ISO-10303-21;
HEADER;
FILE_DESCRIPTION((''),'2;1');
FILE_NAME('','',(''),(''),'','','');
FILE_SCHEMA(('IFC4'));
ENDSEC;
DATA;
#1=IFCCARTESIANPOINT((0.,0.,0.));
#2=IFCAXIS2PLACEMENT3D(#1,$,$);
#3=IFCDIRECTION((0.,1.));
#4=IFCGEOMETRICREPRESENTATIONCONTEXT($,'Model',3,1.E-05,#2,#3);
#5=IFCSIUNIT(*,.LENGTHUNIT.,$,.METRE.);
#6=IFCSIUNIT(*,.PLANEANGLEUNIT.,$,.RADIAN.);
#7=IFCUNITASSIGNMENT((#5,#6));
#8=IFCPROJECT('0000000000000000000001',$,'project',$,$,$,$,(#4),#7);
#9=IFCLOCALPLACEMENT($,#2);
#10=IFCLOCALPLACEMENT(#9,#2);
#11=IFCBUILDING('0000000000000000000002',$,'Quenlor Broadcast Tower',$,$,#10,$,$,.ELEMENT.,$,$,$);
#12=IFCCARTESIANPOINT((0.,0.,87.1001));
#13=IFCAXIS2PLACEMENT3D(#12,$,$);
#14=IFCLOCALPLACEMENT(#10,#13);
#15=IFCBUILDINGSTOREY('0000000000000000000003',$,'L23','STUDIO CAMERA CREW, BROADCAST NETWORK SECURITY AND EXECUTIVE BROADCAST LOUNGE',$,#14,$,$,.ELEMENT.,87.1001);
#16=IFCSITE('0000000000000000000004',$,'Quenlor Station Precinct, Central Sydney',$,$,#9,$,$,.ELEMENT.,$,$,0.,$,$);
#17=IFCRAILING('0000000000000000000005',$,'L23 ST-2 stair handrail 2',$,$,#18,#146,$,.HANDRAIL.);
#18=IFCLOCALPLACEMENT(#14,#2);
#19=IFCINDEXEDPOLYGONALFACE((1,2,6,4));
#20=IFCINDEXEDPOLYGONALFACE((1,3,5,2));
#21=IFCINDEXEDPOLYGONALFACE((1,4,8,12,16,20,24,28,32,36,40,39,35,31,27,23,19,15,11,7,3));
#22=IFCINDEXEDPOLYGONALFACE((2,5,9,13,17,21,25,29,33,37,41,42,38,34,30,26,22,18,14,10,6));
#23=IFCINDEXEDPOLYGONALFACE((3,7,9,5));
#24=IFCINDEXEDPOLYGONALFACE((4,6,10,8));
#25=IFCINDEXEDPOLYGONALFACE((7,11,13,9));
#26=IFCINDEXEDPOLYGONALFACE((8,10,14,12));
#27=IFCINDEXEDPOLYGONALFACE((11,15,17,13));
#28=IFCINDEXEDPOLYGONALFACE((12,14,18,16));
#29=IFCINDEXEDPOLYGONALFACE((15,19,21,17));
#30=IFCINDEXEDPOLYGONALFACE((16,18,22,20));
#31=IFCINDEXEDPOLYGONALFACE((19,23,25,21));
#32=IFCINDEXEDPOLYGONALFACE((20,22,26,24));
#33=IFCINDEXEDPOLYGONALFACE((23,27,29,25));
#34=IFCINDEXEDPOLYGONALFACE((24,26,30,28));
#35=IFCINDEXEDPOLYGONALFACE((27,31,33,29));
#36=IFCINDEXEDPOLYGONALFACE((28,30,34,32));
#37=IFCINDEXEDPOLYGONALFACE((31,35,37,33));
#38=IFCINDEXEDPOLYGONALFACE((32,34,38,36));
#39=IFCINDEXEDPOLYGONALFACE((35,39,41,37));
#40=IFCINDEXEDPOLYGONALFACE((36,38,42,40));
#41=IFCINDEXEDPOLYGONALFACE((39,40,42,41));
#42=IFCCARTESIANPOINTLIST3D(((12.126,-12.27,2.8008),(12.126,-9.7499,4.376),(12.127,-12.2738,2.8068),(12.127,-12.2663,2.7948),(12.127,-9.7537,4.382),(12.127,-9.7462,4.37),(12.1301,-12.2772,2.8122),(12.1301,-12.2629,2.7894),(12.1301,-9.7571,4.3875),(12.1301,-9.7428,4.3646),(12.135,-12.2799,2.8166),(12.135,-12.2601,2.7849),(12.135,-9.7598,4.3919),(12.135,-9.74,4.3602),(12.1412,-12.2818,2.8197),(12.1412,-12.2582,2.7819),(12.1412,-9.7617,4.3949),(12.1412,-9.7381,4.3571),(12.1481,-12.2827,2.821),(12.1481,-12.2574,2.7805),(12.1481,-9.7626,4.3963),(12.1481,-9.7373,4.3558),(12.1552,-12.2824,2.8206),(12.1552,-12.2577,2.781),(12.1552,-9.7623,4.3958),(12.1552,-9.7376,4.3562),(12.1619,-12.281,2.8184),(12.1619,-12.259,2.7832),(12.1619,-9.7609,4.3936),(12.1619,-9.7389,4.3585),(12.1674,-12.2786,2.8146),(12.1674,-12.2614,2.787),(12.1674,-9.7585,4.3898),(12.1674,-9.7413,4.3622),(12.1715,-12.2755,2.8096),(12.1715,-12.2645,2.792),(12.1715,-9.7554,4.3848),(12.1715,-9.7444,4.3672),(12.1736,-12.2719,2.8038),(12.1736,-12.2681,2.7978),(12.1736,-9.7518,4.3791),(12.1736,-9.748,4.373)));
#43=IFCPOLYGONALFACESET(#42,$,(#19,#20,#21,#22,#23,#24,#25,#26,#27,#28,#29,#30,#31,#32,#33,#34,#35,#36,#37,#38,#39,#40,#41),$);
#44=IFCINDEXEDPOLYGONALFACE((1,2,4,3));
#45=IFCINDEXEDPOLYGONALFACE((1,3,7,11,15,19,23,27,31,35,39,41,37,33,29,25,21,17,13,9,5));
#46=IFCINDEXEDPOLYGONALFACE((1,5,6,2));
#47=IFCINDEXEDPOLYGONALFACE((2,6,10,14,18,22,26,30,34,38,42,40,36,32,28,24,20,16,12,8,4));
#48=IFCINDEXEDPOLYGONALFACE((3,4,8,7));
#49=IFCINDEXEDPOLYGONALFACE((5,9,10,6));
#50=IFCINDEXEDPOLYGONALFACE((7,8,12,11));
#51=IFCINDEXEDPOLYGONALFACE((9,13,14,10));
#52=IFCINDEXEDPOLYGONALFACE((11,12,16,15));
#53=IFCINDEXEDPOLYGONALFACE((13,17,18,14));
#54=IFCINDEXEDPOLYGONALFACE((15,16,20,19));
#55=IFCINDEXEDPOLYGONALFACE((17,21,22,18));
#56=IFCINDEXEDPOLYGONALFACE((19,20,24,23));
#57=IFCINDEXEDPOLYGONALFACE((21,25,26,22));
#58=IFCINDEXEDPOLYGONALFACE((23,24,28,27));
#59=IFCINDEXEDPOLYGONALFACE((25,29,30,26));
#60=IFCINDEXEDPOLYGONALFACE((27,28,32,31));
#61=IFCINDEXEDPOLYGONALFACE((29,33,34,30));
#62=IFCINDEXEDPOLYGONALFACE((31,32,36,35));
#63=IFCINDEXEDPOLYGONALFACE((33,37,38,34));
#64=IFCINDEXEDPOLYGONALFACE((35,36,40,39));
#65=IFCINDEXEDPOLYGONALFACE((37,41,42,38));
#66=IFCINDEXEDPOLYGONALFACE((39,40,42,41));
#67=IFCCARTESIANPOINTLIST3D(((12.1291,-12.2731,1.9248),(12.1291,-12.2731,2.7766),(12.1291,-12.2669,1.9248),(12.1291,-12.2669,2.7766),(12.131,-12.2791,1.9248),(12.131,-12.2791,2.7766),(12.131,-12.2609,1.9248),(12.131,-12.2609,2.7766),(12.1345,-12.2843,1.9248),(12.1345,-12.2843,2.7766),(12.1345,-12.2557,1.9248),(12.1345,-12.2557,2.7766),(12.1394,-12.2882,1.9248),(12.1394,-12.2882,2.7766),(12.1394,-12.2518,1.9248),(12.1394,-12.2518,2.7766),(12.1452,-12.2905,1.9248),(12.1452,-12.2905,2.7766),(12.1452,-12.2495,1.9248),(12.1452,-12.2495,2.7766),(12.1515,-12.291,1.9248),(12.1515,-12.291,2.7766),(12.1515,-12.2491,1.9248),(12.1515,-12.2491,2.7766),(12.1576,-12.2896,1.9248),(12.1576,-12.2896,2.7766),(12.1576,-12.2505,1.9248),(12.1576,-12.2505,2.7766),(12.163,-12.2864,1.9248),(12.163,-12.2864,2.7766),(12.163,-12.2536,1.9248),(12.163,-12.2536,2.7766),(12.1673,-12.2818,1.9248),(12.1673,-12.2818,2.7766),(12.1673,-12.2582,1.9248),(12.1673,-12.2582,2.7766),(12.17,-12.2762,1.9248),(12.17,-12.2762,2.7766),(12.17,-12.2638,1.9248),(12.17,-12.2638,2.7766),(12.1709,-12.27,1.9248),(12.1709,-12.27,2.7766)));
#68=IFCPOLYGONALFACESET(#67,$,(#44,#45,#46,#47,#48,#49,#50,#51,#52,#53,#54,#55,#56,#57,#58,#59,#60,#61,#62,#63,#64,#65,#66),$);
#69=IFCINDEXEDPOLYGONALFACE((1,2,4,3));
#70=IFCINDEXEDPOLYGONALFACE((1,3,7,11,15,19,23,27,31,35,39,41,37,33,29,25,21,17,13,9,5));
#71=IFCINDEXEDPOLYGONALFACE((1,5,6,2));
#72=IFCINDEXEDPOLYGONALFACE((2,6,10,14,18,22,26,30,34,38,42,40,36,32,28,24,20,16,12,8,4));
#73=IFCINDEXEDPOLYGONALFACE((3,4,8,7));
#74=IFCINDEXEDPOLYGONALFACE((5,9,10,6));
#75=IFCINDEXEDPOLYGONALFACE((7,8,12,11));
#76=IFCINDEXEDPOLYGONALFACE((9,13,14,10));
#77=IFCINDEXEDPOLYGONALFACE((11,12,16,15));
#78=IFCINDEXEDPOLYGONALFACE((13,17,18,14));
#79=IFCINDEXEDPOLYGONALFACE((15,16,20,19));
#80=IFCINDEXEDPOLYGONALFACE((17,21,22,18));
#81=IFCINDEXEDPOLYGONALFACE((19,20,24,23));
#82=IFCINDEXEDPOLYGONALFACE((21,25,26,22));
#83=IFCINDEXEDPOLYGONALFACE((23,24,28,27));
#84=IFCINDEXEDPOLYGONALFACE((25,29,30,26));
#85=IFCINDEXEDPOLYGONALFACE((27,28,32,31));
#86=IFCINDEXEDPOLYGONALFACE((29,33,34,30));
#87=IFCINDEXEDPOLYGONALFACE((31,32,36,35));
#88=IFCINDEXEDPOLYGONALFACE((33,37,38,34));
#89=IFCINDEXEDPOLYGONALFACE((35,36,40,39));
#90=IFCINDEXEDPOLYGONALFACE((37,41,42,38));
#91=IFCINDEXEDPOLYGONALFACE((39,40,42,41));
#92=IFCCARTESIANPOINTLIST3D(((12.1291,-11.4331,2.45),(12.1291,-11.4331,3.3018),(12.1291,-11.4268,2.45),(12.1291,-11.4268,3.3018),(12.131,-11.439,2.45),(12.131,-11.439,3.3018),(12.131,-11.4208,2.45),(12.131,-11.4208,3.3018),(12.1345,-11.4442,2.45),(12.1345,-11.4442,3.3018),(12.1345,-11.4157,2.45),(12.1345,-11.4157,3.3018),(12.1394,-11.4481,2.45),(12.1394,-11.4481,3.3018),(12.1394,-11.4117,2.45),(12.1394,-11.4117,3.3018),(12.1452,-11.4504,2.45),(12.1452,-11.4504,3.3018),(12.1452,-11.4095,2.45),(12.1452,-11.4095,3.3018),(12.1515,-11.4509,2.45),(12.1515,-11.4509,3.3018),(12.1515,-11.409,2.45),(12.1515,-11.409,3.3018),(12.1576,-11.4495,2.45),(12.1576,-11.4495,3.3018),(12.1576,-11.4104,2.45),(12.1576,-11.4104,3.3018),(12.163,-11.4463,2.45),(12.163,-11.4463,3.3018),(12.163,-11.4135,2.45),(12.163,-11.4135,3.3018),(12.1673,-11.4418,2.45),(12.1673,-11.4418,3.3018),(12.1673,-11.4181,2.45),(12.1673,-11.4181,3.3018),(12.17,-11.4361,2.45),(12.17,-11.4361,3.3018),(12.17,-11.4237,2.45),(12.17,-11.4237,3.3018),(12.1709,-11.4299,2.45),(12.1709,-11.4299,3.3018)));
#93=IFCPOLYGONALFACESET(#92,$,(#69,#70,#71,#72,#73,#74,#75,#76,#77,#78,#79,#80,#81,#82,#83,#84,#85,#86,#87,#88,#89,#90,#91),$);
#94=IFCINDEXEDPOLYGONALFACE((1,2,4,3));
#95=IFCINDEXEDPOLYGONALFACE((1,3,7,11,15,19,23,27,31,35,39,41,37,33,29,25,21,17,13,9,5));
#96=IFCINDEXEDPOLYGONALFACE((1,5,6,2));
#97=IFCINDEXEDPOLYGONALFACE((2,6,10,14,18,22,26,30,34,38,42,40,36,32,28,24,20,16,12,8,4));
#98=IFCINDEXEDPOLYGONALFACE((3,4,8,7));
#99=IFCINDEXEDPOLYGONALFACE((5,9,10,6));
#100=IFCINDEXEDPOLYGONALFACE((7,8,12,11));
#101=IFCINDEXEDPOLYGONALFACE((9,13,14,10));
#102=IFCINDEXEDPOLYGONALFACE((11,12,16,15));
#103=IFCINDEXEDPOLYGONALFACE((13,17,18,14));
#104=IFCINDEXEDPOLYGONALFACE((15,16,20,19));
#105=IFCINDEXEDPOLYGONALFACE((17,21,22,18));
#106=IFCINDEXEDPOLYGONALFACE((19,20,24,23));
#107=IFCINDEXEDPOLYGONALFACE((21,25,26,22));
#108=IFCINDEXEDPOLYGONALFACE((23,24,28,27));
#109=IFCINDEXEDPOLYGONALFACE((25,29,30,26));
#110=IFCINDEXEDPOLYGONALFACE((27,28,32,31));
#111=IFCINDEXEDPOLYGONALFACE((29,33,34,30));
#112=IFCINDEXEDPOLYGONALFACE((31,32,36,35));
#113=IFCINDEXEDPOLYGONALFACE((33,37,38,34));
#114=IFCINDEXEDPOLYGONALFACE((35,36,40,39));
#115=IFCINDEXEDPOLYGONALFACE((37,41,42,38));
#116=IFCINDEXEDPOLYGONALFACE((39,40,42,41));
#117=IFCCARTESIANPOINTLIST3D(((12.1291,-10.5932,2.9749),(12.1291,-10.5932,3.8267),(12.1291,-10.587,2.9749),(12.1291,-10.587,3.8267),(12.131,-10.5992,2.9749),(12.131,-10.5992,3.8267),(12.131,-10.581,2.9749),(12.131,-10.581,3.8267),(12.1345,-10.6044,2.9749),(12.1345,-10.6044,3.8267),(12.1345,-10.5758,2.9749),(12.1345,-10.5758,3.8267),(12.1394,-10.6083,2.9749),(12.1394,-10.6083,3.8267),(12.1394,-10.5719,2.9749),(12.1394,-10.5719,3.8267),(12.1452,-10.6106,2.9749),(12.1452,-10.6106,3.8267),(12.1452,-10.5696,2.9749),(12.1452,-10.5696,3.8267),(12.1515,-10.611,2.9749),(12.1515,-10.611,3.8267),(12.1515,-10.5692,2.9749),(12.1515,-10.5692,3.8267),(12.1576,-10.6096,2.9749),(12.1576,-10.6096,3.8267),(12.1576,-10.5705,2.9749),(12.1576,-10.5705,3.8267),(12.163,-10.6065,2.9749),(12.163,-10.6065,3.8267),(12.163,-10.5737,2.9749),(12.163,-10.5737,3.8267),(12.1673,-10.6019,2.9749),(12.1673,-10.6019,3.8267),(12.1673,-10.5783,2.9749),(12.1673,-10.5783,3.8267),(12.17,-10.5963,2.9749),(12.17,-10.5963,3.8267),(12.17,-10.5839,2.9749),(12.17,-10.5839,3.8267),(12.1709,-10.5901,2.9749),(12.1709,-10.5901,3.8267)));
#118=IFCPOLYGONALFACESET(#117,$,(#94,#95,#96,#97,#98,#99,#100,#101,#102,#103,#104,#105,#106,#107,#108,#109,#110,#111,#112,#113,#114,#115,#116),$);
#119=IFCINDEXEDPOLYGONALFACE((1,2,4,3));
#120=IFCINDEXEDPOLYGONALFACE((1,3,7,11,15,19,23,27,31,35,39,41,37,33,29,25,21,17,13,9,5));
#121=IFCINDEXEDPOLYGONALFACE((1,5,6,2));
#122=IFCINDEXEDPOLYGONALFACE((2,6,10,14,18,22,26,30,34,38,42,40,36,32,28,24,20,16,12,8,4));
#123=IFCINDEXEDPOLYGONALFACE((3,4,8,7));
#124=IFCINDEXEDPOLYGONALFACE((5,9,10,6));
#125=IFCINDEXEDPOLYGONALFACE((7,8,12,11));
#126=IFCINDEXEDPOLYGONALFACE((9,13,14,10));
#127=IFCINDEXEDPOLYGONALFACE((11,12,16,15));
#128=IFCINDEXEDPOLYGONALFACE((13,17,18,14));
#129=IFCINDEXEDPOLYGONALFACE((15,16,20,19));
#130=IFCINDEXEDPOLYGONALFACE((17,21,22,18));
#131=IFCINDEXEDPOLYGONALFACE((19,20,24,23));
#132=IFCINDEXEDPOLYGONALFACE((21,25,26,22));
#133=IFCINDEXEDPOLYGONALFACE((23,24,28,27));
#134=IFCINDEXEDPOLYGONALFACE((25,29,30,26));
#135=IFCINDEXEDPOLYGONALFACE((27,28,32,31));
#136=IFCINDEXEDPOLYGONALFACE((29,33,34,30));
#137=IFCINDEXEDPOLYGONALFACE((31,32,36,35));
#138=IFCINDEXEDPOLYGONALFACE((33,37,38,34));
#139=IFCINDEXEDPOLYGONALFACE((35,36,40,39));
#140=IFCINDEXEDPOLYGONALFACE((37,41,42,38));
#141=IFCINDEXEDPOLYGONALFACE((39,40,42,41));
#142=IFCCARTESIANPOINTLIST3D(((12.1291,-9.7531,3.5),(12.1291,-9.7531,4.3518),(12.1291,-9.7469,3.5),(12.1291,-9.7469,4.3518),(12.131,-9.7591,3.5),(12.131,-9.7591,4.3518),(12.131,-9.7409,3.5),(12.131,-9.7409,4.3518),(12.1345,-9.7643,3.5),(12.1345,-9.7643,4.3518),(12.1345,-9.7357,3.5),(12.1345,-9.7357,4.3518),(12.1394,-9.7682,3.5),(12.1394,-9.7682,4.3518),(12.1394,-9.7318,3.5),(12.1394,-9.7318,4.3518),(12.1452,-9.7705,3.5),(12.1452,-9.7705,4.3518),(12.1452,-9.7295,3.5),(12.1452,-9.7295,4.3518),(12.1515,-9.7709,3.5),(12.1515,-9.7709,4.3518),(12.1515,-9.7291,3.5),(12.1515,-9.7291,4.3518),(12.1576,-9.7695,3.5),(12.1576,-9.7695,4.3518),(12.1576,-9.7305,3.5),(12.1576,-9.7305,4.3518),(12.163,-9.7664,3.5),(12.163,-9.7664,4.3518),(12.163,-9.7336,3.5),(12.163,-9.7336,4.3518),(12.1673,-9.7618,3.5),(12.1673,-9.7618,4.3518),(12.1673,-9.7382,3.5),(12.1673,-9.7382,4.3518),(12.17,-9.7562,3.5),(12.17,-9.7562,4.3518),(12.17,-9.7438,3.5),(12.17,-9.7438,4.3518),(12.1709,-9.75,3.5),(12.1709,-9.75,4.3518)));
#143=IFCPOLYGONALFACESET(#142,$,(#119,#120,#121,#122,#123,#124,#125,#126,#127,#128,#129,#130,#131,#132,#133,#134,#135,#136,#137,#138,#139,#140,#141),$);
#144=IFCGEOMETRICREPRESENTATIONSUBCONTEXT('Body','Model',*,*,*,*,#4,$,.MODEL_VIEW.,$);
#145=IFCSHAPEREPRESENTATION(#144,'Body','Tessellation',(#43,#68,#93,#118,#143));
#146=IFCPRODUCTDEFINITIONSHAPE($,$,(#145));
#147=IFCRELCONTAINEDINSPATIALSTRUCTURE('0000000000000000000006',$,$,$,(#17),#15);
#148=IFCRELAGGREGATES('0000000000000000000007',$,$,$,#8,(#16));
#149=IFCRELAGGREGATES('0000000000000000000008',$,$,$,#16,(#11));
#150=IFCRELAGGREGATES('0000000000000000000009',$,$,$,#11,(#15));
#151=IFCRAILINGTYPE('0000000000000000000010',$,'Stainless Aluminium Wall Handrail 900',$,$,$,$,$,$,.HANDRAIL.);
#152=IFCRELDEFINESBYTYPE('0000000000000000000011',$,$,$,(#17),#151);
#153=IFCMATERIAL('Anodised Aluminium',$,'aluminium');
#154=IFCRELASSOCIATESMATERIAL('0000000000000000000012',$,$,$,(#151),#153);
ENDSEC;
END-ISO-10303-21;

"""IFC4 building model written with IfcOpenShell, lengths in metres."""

from ifc_helpers import new_model, si_unit, direction, frame, origin, origin_2d, place, context, subcontext, project, spatial, circle, extrude, material, type_object, element, save


model = new_model("IFC4")

# Units and contexts
model_context = context("Model", 3, precision=1e-05, world=origin(), true_north=direction((0.0, 1.0)))
body_context = subcontext(model_context, "Body", "Model", "MODEL_VIEW")
ifc_project = project(units=[si_unit("LENGTHUNIT", "METRE"), si_unit("PLANEANGLEUNIT", "RADIAN")], contexts=[model_context])

# Site, building, storey
site_placement = place(None, origin())
site = spatial("IfcSite", under=ifc_project, at=site_placement, Name="Quenlor Station Precinct, Central Sydney", CompositionType="ELEMENT", RefElevation=0.0)
building_placement = place(site_placement, origin())
building = spatial("IfcBuilding", under=site, at=building_placement, Name="Quenlor Broadcast Tower", CompositionType="ELEMENT")
storey_placement = place(building_placement, frame((0.0, 0.0, 87.1001)))
storey = spatial("IfcBuildingStorey", under=building, at=storey_placement, Name="L23", Description="STUDIO CAMERA CREW, BROADCAST NETWORK SECURITY AND EXECUTIVE BROADCAST LOUNGE", CompositionType="ELEMENT", Elevation=87.1001)

# Railing
ifc_material_1 = material(Name="Anodised Aluminium", Category="aluminium")
railing_type_1 = type_object("IfcRailingType", Name="Stainless Aluminium Wall Handrail 900", PredefinedType="HANDRAIL", material=ifc_material_1)
railing_1_placement = place(storey_placement, frame((12.1499, -12.27, 1.9248)))
element("IfcRailing", 1, at=railing_1_placement, inside=storey, type_object=railing_type_1, Name="L23 ST-2 stair handrail 2", PredefinedType="HANDRAIL", context=body_context, shape_type="SweptSolid", body=[
    extrude(circle(Radius=0.0239, at=origin_2d()), frame((0.0, 0.0, 0.876), z_axis=(0.0, 0.847971, 0.530043), x_axis=(-1.0, 0.0, 0.0)), (0.0, 0.0, 1.0), 2.9719),
    extrude(circle(Radius=0.021, at=origin_2d()), origin(), (0.0, 0.0, 1.0), 0.8518),
    extrude(circle(Radius=0.021, at=origin_2d()), frame((0.0, 0.8401, 0.5251)), (0.0, 0.0, 1.0), 0.8518),
    extrude(circle(Radius=0.021, at=origin_2d()), frame((0.0, 1.6799, 1.05)), (0.0, 0.0, 1.0), 0.8518),
    extrude(circle(Radius=0.021, at=origin_2d()), frame((0.0, 2.52, 1.5752)), (0.0, 0.0, 1.0), 0.8518),
])

save(model, "model.ifc")
